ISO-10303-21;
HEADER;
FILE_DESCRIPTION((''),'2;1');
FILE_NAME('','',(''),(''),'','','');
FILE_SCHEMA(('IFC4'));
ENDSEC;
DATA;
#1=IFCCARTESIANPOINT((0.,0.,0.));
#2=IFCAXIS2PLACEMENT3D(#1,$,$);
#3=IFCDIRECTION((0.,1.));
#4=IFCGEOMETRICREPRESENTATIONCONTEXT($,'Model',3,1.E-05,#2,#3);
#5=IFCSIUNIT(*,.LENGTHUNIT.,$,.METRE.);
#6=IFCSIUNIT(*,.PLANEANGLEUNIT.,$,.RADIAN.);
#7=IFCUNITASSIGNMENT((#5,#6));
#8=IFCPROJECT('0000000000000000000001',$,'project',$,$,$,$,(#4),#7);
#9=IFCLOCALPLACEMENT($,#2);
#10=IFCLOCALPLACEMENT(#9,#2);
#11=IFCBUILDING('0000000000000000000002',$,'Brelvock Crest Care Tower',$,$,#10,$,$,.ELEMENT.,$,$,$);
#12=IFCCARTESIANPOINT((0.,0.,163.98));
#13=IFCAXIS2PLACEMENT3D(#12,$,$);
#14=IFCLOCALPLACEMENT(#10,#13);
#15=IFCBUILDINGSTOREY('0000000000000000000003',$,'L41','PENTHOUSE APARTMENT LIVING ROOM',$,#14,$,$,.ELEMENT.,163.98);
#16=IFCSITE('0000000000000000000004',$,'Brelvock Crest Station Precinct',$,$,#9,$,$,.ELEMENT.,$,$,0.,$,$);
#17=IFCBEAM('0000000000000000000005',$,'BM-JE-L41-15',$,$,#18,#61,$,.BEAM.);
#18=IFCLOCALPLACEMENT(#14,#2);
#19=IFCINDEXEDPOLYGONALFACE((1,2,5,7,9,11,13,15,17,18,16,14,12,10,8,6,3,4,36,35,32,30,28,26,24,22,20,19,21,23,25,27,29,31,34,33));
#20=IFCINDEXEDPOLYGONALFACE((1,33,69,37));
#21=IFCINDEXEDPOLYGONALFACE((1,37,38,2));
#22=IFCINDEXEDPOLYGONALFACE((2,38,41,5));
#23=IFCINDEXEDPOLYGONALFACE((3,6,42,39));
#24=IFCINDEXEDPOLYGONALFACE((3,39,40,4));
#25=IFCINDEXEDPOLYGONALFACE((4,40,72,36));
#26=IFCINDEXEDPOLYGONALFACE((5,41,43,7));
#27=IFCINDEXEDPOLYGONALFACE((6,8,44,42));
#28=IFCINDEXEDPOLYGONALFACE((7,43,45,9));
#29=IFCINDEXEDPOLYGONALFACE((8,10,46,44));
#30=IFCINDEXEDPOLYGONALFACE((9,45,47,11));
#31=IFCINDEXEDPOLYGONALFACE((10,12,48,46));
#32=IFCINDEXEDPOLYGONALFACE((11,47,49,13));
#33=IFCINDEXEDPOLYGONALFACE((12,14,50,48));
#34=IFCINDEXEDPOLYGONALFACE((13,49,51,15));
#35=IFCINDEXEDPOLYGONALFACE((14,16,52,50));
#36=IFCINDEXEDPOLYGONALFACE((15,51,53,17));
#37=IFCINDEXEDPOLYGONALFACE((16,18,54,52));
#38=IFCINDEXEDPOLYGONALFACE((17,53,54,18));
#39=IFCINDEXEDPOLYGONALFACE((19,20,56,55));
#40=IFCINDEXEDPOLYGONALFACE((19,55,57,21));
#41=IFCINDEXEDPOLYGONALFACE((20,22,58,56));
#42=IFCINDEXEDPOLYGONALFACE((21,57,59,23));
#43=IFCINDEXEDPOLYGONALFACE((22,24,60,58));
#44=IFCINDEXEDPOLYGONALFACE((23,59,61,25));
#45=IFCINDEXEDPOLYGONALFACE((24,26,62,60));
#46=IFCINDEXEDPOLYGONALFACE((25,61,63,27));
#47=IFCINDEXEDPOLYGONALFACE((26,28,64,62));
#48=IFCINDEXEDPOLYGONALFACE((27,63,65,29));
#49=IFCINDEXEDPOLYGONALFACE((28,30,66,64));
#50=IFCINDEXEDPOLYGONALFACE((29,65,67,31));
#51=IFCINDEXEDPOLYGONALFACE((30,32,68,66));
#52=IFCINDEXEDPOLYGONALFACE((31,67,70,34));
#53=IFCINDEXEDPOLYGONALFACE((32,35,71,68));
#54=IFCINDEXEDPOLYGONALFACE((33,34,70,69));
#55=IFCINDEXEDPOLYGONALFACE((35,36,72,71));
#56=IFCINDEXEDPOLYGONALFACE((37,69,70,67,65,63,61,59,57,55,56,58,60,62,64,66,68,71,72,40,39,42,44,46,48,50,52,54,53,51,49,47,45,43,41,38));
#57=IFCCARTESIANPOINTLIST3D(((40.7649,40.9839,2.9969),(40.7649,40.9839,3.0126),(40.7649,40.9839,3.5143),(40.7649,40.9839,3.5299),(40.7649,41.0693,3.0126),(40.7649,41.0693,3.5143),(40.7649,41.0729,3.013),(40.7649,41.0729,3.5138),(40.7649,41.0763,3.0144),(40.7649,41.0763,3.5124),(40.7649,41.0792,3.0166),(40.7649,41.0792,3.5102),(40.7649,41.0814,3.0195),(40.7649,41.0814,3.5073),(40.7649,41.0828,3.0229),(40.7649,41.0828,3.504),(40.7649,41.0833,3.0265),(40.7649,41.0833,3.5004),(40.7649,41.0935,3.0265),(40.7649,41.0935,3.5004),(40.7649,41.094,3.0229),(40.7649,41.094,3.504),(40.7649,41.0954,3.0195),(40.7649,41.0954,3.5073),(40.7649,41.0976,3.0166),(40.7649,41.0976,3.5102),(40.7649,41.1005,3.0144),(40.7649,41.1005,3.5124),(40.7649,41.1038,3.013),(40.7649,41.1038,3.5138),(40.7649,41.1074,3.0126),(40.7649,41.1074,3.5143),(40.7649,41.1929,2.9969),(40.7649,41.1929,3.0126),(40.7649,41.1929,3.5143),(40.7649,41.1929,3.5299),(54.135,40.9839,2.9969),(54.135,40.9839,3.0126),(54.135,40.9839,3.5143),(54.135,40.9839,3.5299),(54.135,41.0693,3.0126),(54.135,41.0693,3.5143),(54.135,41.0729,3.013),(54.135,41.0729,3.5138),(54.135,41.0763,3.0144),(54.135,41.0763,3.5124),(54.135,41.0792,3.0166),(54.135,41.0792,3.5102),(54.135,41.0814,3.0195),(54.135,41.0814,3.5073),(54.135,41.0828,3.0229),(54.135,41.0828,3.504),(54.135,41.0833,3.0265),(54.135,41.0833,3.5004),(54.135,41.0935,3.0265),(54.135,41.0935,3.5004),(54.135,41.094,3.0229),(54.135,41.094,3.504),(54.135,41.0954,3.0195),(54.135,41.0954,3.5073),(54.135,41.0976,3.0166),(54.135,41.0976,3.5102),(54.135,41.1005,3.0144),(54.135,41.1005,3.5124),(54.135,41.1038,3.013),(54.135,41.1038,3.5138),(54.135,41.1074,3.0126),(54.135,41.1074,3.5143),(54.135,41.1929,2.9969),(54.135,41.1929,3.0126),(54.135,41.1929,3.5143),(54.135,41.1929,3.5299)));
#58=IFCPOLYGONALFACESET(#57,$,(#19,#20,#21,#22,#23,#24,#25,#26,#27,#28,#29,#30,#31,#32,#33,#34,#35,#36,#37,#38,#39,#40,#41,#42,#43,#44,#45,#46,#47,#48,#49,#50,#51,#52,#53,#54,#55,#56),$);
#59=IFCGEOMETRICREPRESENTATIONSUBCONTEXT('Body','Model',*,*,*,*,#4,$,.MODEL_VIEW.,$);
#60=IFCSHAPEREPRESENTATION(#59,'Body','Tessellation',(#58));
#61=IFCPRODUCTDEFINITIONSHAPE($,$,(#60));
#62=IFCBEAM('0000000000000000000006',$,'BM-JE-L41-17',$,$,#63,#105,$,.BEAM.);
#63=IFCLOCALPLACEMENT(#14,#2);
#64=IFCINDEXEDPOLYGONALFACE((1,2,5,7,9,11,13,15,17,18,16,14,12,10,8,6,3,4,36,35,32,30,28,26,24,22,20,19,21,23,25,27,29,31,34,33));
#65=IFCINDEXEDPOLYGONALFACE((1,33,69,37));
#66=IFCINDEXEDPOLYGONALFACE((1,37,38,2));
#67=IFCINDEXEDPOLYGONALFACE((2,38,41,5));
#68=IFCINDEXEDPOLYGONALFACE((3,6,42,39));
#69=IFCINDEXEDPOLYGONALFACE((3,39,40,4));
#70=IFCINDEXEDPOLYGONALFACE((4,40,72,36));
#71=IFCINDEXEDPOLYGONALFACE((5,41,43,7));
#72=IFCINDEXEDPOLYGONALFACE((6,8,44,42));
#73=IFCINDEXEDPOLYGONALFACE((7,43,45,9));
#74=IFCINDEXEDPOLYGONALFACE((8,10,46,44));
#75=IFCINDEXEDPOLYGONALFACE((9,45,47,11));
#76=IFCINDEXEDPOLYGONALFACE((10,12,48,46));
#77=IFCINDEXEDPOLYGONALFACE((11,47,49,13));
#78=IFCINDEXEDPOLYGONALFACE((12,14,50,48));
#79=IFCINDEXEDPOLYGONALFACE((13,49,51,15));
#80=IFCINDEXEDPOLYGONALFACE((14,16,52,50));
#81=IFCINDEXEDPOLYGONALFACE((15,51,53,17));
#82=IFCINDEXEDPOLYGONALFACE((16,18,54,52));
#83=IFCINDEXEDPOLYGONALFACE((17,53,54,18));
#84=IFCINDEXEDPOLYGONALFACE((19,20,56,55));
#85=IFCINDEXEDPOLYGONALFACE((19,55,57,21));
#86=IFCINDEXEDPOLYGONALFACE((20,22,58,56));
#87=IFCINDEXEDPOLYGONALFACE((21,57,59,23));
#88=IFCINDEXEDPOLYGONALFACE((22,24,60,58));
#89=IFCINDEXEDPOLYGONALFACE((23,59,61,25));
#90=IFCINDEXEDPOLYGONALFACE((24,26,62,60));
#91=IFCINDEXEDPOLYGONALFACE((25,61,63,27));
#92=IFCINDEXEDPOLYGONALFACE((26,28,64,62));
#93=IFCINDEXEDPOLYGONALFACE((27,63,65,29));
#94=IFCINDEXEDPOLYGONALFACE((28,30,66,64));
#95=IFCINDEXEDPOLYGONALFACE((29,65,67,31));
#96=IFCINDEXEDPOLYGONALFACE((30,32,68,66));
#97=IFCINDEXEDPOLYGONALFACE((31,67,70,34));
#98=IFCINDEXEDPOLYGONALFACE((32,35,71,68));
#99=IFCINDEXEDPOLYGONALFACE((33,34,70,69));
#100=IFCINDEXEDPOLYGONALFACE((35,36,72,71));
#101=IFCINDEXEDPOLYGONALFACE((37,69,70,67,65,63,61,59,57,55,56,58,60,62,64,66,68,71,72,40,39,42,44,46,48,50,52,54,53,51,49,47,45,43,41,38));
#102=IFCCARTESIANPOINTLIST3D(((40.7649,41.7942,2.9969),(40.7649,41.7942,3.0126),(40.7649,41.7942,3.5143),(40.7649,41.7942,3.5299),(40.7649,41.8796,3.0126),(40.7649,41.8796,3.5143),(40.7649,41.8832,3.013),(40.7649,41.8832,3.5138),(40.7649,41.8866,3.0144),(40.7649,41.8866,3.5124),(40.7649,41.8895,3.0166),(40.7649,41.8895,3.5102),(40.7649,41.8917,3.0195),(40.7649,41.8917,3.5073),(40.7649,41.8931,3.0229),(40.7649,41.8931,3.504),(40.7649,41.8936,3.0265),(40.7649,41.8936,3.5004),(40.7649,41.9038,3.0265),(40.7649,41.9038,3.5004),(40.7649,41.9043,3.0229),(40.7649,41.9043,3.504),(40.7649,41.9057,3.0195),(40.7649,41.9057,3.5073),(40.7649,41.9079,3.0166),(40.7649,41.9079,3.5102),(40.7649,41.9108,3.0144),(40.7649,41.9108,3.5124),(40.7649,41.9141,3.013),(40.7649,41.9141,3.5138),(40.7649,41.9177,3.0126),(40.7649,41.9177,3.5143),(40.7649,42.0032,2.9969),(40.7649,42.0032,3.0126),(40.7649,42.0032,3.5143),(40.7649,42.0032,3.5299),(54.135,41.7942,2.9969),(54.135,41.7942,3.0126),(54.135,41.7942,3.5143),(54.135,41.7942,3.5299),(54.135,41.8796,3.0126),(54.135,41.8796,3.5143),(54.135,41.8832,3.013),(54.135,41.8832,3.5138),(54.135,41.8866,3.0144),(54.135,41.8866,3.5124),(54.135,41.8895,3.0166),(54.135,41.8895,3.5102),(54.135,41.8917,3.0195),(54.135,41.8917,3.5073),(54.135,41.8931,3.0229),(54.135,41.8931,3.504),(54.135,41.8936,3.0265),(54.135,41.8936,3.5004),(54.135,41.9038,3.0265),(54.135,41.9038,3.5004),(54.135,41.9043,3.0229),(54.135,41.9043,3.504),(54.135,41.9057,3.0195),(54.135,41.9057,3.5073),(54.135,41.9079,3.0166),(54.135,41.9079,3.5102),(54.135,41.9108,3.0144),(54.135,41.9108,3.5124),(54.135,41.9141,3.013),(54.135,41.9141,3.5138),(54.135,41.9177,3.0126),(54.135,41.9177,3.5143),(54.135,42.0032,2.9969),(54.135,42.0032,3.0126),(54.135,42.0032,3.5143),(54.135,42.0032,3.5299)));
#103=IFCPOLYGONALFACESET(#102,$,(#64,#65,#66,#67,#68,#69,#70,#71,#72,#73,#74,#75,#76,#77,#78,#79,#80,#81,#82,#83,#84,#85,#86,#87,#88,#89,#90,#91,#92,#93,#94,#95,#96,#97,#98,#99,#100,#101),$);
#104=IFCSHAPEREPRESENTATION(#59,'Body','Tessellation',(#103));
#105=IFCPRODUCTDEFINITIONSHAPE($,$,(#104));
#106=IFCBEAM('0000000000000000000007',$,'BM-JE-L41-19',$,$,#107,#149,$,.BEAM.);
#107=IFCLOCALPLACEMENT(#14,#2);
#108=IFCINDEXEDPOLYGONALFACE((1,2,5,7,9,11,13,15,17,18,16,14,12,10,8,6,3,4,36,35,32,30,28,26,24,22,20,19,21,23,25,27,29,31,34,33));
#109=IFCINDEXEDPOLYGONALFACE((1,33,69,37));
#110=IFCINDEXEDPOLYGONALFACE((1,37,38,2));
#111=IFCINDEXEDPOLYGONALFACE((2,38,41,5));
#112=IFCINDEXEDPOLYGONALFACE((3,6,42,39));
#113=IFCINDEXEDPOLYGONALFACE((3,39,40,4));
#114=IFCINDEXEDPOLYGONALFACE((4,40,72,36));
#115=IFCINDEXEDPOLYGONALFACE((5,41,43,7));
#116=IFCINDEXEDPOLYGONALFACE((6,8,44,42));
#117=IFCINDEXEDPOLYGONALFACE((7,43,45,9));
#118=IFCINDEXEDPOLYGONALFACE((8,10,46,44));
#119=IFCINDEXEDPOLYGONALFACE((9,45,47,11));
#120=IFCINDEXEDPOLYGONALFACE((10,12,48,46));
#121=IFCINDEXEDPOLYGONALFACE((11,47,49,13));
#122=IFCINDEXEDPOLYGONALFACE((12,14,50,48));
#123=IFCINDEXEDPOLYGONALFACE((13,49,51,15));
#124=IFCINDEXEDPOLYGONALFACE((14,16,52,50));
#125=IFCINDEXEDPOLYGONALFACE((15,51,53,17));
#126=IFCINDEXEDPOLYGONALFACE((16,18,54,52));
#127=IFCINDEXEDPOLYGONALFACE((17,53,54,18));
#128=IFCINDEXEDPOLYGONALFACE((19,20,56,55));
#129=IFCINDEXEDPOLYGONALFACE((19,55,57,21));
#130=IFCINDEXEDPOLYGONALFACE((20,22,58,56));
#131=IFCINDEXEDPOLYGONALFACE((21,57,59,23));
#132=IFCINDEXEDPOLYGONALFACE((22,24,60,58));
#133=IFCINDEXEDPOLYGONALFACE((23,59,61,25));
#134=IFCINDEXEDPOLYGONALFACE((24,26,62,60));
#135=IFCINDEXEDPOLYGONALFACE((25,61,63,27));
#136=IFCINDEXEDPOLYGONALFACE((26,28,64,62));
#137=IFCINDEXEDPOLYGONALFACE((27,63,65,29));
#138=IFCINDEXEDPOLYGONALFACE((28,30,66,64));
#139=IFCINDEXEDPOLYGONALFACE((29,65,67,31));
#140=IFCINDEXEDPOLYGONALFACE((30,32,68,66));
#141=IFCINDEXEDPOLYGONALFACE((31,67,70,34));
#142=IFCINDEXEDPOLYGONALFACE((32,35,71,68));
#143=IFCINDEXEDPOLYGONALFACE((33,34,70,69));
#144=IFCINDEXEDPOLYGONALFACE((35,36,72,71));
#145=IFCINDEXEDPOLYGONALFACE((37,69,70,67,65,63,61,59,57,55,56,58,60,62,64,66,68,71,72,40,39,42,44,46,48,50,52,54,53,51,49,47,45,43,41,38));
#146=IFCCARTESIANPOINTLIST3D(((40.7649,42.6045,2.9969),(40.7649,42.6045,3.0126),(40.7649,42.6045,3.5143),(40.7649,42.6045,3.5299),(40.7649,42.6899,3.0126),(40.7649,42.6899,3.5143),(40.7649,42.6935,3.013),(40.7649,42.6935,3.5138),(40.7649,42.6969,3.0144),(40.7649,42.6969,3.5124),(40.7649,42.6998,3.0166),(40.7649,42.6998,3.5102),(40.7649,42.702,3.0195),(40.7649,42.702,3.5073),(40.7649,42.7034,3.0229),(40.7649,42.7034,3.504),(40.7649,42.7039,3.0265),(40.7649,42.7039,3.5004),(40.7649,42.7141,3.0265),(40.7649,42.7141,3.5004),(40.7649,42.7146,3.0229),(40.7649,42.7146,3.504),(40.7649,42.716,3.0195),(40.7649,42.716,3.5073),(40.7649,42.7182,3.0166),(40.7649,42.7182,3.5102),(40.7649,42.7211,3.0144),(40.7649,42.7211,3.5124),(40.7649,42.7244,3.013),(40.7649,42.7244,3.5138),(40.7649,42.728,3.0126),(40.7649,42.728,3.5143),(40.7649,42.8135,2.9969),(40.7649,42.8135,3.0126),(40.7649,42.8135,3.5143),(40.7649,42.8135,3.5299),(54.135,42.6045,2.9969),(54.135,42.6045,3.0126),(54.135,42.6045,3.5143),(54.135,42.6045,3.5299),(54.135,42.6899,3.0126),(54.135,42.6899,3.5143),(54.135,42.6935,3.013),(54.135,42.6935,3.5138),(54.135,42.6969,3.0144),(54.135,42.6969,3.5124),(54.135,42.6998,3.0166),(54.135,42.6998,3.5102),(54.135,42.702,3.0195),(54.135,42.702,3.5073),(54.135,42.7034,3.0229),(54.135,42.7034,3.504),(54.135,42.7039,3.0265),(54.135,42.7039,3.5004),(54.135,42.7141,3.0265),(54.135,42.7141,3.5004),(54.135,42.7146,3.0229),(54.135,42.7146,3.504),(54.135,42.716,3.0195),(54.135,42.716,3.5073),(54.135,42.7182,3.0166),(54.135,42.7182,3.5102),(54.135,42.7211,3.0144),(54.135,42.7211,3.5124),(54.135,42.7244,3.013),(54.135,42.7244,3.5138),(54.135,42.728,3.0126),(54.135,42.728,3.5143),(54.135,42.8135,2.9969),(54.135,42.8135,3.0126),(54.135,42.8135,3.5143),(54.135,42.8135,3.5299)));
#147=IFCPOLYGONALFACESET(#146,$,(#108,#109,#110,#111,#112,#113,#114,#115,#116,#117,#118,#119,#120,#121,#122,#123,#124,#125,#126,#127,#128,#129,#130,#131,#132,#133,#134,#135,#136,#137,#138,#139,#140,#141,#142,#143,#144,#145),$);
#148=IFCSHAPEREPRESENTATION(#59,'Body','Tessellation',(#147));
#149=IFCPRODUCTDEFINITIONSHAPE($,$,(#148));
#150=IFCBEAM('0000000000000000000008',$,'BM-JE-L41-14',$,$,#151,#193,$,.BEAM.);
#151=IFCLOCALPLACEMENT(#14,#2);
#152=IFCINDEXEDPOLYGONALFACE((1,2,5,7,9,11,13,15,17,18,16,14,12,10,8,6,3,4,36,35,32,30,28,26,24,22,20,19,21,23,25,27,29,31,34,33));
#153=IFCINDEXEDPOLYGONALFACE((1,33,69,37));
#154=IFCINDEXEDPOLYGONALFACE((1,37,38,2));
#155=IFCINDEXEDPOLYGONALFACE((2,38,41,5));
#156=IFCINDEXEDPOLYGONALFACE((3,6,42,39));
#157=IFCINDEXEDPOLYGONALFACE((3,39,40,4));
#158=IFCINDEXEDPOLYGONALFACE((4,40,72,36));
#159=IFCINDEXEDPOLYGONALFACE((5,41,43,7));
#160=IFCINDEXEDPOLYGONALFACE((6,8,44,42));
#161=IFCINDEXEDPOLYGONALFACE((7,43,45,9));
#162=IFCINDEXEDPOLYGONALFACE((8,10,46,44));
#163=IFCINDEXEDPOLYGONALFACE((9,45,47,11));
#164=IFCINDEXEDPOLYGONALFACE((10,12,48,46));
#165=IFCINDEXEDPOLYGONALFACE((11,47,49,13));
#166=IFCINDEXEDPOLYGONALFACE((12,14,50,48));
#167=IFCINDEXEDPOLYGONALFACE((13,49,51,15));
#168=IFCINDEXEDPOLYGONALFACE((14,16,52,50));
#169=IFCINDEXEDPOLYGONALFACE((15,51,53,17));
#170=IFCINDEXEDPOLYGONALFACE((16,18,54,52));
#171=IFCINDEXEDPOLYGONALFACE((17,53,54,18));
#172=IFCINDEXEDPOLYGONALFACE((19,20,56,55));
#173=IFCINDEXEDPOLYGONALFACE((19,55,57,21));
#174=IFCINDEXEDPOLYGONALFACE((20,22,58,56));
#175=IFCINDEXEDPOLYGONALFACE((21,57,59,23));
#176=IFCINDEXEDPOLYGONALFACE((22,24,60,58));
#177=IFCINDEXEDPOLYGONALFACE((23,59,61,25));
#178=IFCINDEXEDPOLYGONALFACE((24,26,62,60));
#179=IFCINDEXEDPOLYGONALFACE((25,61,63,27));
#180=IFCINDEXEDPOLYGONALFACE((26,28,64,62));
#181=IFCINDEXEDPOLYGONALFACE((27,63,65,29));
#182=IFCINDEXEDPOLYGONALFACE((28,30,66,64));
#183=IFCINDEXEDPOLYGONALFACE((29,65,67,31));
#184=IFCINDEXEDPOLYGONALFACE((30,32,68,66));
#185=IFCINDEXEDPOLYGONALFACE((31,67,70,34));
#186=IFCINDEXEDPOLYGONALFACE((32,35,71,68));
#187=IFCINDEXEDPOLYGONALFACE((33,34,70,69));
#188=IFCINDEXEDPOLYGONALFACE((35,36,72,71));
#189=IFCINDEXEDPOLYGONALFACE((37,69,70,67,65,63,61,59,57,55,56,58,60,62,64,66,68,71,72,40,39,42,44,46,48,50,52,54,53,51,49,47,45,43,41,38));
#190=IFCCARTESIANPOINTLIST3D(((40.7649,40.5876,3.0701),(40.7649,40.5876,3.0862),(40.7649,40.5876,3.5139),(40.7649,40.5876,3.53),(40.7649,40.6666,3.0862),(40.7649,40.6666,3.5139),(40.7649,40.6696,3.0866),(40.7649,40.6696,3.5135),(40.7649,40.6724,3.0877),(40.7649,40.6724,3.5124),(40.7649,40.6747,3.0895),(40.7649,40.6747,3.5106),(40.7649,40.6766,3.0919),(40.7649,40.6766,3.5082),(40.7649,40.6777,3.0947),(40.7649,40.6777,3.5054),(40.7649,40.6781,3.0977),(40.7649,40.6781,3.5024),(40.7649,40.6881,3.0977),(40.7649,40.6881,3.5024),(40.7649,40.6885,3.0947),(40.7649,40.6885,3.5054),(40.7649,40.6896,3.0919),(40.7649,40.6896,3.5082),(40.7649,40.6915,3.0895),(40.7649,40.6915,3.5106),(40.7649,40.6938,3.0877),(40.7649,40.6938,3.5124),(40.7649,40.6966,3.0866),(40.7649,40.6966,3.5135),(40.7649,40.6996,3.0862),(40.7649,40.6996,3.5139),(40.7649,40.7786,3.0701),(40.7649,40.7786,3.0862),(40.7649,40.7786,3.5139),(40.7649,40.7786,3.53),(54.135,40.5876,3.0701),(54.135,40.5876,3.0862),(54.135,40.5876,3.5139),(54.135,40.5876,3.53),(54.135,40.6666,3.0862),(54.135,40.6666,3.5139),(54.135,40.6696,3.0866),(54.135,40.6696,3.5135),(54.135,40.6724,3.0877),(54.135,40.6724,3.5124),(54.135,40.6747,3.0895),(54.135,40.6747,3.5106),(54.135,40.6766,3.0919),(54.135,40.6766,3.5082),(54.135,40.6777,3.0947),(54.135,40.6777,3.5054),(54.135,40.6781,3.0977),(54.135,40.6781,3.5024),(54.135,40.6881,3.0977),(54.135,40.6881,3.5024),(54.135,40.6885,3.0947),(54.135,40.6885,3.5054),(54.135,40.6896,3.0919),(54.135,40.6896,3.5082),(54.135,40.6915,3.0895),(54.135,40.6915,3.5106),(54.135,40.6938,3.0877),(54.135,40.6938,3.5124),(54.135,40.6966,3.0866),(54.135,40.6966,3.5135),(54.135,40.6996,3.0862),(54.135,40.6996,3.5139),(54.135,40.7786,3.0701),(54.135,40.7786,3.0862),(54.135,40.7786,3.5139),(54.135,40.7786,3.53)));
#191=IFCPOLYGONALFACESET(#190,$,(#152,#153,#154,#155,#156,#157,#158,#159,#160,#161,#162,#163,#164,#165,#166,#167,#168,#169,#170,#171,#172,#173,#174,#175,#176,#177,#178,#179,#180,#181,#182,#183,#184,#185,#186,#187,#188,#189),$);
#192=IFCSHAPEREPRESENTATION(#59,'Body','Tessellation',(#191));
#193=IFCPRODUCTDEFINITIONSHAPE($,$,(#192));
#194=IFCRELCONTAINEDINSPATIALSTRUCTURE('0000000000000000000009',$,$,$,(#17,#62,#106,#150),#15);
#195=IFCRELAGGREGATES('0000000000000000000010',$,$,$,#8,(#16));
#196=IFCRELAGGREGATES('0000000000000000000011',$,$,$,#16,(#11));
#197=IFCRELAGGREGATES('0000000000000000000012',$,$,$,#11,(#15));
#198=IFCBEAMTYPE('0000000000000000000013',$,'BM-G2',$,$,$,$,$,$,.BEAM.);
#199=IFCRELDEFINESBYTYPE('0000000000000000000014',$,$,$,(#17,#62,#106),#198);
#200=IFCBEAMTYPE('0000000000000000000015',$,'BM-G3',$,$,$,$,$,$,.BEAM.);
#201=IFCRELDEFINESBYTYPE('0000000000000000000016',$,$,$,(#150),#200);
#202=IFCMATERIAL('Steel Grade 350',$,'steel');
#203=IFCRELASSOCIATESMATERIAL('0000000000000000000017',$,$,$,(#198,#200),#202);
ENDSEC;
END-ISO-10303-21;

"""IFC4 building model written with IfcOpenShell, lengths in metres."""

from ifc_helpers import new_model, si_unit, direction, frame, origin, origin_2d, place, context, subcontext, project, spatial, i_section, extrude, source, transform, mapped, material, material_profile, profile_set, type_object, element, save


model = new_model("IFC4")

# Units and contexts
model_context = context("Model", 3, precision=1e-05, world=origin(), true_north=direction((0.0, 1.0)))
body_context = subcontext(model_context, "Body", "Model", "MODEL_VIEW")
ifc_project = project(units=[si_unit("LENGTHUNIT", "METRE"), si_unit("PLANEANGLEUNIT", "RADIAN")], contexts=[model_context])

# Site, building, storey
site_placement = place(None, origin())
site = spatial("IfcSite", under=ifc_project, at=site_placement, Name="Brelvock Crest Station Precinct", CompositionType="ELEMENT", RefElevation=0.0)
building_placement = place(site_placement, origin())
building = spatial("IfcBuilding", under=site, at=building_placement, Name="Brelvock Crest Care Tower", CompositionType="ELEMENT")
storey_placement = place(building_placement, frame((0.0, 0.0, 163.98)))
storey = spatial("IfcBuildingStorey", under=building, at=storey_placement, Name="L41", Description="PENTHOUSE APARTMENT LIVING ROOM", CompositionType="ELEMENT", Elevation=163.98)

# Beams
ifc_material_1 = material(Name="Steel Grade 350", Category="steel")
ifc_material_profile_1 = material_profile(ifc_material_1, i_section(OverallWidth=0.209, OverallDepth=0.533, WebThickness=0.0103, FlangeThickness=0.0156, FilletRadius=0.0139, at=origin_2d()), Name="530UB92.4")
ifc_profile_set_1 = profile_set([ifc_material_profile_1], Name="Steel Grade 350")
beam_type_1 = type_object("IfcBeamType", Name="BM-G2", PredefinedType="BEAM", material=ifc_profile_set_1)
shared_shape_1 = source(origin(), body_context, "Body", "SweptSolid", [
    extrude(i_section(OverallWidth=0.209, OverallDepth=0.533, WebThickness=0.0103, FlangeThickness=0.0156, FilletRadius=0.0139, at=origin_2d()), origin(), (0.0, 0.0, 1.0), 13.3701),
])
for number, where, z_axis, x_axis, name in (
    (1, (40.7649, 41.0884, 3.2634), (1.0, 0.0, 0.0), (0.0, 1.0, 0.0), "BM-JE-L41-15"),
    (2, (40.7649, 41.8987, 3.2634), (1.0, 0.0, 0.0), (0.0, 1.0, 0.0), "BM-JE-L41-17"),
    (3, (40.7649, 42.709, 3.2634), (1.0, 0.0, 0.0), (0.0, 1.0, 0.0), "BM-JE-L41-19"),
):
    element("IfcBeam", number, at=place(storey_placement, frame(where, z_axis=z_axis, x_axis=x_axis)), inside=storey, type_object=beam_type_1, Name=name, PredefinedType="BEAM", context=body_context, shape_type="MappedRepresentation", body=[
        mapped(shared_shape_1, transform((0.0, 0.0, 0.0), x_axis=(1.0, 0.0, 0.0), y_axis=(0.0, 1.0, 0.0), z_axis=(0.0, 0.0, 1.0), scale=1.0)),
    ])
ifc_material_profile_2 = material_profile(ifc_material_1, i_section(OverallWidth=0.1909, OverallDepth=0.46, WebThickness=0.01, FlangeThickness=0.0161, FilletRadius=0.0115, at=origin_2d()), Name="460UB82.1")
ifc_profile_set_2 = profile_set([ifc_material_profile_2], Name="Steel Grade 350")
beam_type_2 = type_object("IfcBeamType", Name="BM-G3", PredefinedType="BEAM", material=ifc_profile_set_2)
shared_shape_2 = source(origin(), body_context, "Body", "SweptSolid", [
    extrude(i_section(OverallWidth=0.1909, OverallDepth=0.46, WebThickness=0.01, FlangeThickness=0.0161, FilletRadius=0.0115, at=origin_2d()), origin(), (0.0, 0.0, 1.0), 13.3701),
])
for number, where, z_axis, x_axis, name in (
    (4, (40.7649, 40.6831, 3.3), (1.0, 0.0, 0.0), (0.0, 1.0, 0.0), "BM-JE-L41-14"),
):
    element("IfcBeam", number, at=place(storey_placement, frame(where, z_axis=z_axis, x_axis=x_axis)), inside=storey, type_object=beam_type_2, Name=name, PredefinedType="BEAM", context=body_context, shape_type="MappedRepresentation", body=[
        mapped(shared_shape_2, transform((0.0, 0.0, 0.0), x_axis=(1.0, 0.0, 0.0), y_axis=(0.0, 1.0, 0.0), z_axis=(0.0, 0.0, 1.0), scale=1.0)),
    ])

save(model, "model.ifc")
